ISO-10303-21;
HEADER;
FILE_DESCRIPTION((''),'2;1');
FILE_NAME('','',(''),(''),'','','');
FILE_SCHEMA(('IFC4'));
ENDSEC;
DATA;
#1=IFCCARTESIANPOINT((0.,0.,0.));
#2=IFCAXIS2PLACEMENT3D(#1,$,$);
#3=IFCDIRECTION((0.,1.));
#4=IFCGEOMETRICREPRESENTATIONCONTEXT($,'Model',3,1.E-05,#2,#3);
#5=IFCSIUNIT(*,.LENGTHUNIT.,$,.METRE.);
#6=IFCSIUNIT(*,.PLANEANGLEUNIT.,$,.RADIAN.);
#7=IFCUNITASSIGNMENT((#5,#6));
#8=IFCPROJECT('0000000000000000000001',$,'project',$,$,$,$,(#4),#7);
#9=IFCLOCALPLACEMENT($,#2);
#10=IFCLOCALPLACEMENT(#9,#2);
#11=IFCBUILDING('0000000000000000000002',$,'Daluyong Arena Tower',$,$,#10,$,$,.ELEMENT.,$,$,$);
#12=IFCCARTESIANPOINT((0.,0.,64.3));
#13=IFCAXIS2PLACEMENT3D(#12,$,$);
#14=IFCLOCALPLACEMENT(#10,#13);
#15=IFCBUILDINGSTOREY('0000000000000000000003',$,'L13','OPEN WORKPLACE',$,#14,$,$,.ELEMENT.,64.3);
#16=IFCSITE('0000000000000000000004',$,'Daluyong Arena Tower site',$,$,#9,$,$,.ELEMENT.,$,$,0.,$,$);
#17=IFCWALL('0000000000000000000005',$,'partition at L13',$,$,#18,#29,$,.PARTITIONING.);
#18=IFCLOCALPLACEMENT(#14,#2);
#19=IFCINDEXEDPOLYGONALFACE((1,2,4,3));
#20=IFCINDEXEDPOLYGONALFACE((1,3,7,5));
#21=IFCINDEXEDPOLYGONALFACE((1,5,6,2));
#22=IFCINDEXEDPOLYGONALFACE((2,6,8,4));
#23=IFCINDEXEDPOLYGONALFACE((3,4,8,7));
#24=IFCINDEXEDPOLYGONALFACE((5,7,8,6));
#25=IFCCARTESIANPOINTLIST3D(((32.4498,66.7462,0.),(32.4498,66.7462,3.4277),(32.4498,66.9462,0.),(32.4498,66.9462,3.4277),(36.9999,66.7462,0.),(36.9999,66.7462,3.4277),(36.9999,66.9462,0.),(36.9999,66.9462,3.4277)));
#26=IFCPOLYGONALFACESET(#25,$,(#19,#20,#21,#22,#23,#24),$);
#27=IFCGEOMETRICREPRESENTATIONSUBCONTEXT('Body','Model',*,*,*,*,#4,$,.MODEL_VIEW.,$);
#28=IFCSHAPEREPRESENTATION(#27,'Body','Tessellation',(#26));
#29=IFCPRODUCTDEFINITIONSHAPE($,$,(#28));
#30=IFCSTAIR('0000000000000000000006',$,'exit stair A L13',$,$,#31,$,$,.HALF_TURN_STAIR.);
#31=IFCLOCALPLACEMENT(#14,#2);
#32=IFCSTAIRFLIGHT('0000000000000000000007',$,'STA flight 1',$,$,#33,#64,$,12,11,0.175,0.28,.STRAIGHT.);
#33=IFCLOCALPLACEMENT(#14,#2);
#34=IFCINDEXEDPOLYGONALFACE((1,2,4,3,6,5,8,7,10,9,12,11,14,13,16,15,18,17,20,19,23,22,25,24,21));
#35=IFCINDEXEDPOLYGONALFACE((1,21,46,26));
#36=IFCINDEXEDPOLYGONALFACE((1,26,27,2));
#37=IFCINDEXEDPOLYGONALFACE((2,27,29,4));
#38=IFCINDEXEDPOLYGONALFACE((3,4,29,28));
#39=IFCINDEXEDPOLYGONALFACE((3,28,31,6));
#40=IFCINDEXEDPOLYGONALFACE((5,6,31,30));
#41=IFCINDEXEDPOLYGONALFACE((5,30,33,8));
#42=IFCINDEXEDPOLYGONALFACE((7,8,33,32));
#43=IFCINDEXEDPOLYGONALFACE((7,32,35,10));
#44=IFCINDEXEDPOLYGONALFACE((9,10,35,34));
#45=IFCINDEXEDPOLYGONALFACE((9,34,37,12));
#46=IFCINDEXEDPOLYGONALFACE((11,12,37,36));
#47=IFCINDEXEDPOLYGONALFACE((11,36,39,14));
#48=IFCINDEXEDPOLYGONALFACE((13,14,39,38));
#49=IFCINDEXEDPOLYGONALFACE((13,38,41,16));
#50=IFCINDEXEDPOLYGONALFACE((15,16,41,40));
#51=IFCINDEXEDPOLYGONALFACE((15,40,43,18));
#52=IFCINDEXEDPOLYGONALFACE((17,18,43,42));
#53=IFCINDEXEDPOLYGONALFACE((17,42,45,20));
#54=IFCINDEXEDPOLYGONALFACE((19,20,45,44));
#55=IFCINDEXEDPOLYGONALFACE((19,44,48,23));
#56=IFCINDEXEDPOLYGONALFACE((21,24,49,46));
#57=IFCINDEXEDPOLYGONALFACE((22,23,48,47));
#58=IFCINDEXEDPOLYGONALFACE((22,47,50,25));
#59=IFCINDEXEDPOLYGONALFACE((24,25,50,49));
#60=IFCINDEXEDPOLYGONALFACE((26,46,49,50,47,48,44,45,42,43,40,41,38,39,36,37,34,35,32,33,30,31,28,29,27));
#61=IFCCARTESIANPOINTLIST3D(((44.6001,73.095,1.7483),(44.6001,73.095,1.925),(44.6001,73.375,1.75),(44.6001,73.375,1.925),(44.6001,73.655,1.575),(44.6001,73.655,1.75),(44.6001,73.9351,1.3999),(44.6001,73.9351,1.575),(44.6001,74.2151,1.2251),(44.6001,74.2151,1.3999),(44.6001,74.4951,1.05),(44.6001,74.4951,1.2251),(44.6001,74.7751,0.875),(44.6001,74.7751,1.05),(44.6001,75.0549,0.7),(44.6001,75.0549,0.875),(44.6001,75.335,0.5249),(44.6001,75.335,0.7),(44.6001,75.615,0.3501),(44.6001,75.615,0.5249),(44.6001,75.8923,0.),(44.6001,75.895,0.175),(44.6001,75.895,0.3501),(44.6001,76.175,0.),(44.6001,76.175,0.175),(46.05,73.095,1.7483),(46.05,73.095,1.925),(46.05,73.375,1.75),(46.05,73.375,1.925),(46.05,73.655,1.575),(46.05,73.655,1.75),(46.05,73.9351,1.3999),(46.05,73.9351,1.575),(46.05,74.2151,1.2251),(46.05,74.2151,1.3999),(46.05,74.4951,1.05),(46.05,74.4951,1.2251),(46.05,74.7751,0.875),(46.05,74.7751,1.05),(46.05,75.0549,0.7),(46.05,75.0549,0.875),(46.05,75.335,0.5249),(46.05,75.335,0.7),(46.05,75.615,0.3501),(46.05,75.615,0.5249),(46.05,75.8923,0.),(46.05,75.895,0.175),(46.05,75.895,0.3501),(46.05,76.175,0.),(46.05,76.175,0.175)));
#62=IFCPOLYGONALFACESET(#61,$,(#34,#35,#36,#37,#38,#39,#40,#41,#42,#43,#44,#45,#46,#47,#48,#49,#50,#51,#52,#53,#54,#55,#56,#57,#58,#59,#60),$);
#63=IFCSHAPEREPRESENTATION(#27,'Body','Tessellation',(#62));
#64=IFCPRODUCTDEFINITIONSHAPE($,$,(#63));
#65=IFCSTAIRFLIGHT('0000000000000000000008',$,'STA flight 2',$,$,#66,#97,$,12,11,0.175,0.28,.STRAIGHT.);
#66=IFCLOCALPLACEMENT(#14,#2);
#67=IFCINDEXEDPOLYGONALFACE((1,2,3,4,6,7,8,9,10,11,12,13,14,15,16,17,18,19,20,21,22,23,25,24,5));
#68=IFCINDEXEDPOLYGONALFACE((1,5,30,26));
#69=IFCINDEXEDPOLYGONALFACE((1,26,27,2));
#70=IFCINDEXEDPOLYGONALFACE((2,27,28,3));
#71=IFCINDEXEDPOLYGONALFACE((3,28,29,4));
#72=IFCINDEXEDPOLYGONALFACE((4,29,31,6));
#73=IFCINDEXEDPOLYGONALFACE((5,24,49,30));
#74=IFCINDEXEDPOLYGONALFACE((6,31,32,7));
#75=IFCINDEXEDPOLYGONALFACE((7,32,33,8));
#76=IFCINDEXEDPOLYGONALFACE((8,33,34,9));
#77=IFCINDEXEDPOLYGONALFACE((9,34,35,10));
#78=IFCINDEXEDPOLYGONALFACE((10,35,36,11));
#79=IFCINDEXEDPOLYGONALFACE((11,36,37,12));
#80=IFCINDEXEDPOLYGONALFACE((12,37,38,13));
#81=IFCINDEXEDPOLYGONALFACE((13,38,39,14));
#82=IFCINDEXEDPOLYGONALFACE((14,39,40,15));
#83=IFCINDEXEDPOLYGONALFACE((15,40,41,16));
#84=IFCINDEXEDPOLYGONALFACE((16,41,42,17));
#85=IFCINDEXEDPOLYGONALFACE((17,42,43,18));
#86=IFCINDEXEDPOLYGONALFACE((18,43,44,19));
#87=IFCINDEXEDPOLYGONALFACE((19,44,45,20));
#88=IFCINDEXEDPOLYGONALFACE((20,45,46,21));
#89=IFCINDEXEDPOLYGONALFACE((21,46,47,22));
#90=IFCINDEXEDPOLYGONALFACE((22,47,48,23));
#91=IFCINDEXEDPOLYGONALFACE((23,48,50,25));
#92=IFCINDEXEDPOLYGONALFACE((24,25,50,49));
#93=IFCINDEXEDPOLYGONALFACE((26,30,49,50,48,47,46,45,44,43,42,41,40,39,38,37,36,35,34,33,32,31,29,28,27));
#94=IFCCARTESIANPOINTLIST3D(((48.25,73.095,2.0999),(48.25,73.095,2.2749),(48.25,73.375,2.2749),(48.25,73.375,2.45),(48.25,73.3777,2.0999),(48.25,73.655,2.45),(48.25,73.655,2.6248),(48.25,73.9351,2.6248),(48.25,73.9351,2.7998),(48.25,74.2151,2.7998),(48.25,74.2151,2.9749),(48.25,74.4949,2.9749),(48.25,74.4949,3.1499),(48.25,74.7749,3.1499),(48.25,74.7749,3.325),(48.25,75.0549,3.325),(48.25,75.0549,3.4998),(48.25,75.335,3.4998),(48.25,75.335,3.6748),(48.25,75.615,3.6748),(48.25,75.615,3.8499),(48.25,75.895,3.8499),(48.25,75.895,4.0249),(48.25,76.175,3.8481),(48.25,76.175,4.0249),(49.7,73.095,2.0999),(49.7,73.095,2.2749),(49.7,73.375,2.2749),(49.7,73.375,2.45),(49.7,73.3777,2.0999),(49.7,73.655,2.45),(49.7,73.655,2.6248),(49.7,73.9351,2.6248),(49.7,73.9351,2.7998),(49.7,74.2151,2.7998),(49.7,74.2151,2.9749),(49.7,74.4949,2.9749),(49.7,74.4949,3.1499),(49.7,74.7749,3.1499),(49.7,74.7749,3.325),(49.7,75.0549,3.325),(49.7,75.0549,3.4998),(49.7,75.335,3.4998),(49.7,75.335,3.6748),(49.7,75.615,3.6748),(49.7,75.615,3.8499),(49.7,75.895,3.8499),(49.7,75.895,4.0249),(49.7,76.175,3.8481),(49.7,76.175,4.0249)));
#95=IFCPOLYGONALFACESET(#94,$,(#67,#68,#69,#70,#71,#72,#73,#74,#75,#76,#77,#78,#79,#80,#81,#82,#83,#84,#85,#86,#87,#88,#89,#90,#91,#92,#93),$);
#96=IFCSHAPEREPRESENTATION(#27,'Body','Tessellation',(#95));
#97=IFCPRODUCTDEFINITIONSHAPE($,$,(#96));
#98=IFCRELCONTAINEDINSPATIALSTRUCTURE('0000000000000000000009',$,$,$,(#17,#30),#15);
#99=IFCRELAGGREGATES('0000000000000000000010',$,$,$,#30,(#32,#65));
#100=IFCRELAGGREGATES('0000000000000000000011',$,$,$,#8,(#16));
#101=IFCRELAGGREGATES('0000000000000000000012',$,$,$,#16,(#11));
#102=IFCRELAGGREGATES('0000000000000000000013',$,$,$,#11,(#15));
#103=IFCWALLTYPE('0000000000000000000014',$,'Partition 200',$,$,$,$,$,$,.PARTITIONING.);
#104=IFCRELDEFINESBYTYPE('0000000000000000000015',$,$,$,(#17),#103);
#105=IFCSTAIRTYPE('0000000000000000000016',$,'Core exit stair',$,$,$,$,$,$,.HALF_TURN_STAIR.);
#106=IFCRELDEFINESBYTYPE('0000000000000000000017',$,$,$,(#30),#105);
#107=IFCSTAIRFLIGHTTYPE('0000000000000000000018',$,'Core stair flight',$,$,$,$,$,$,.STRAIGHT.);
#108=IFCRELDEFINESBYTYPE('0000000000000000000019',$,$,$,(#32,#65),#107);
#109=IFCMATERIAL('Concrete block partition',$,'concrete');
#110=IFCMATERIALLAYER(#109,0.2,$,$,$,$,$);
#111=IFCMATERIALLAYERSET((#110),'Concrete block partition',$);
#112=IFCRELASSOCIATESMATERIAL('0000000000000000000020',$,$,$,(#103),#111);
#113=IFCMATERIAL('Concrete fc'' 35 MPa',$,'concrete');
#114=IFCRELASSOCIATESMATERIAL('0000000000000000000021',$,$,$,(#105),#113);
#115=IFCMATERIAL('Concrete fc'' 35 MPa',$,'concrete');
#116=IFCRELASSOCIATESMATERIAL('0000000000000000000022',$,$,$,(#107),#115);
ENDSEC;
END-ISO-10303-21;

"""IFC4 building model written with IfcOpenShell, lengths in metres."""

from ifc_helpers import new_model, si_unit, direction, frame, frame_2d, origin, place, context, subcontext, project, spatial, polyline, rectangle, outline, extrude, material, layer, layer_set, type_object, element, aggregate, save


model = new_model("IFC4")

# Units and contexts
model_context = context("Model", 3, precision=1e-05, world=origin(), true_north=direction((0.0, 1.0)))
body_context = subcontext(model_context, "Body", "Model", "MODEL_VIEW")
ifc_project = project(units=[si_unit("LENGTHUNIT", "METRE"), si_unit("PLANEANGLEUNIT", "RADIAN")], contexts=[model_context])

# Site, building, storey
site_placement = place(None, origin())
site = spatial("IfcSite", under=ifc_project, at=site_placement, Name="Daluyong Arena Tower site", CompositionType="ELEMENT", RefElevation=0.0)
building_placement = place(site_placement, origin())
building = spatial("IfcBuilding", under=site, at=building_placement, Name="Daluyong Arena Tower", CompositionType="ELEMENT")
storey_placement = place(building_placement, frame((0.0, 0.0, 64.3)))
storey = spatial("IfcBuildingStorey", under=building, at=storey_placement, Name="L13", Description="OPEN WORKPLACE", CompositionType="ELEMENT", Elevation=64.3)

# Wall
ifc_material_1 = material(Name="Concrete block partition", Category="concrete")
ifc_layer_1 = layer(ifc_material_1, 0.2)
ifc_layer_set_1 = layer_set([ifc_layer_1], Name="Concrete block partition")
wall_type_1 = type_object("IfcWallType", Name="Partition 200", PredefinedType="PARTITIONING", material=ifc_layer_set_1)
wall_1_placement = place(storey_placement, frame((32.45, 66.8462, 0.0), z_axis=(0.0, 0.0, 1.0), x_axis=(1.0, 0.0, 0.0)))
element("IfcWall", 1, at=wall_1_placement, inside=storey, type_object=wall_type_1, Name="partition at L13", PredefinedType="PARTITIONING", context=body_context, shape_type="SweptSolid", body=[
    extrude(rectangle(XDim=4.55, YDim=0.2, at=frame_2d((2.2749, 0.0))), origin(), (0.0, 0.0, 1.0), 3.4277),
])

# Stair, stair flights
ifc_material_2 = material(Name="Concrete fc' 35 MPa", Category="concrete")
stair_type = type_object("IfcStairType", Name="Core exit stair", PredefinedType="HALF_TURN_STAIR", material=ifc_material_2)
stair_placement = place(storey_placement, origin())
stair = element("IfcStair", 2, at=stair_placement, inside=storey, type_object=stair_type, Name="exit stair A L13", PredefinedType="HALF_TURN_STAIR")
ifc_material_3 = material(Name="Concrete fc' 35 MPa", Category="concrete")
stair_flight_type = type_object("IfcStairFlightType", Name="Core stair flight", PredefinedType="STRAIGHT", material=ifc_material_3)
stair_flight_1_placement = place(storey_placement, frame((45.325, 76.175, 0.0), z_axis=(0.0, 0.0, 1.0), x_axis=(0.0, -1.0, 0.0)))
stair_flight_1 = element("IfcStairFlight", 3, at=stair_flight_1_placement, type_object=stair_flight_type, Name="STA flight 1", NumberOfRisers=12, NumberOfTreads=11, PredefinedType="STRAIGHT", RiserHeight=0.175, TreadLength=0.28, context=body_context, shape_type="SweptSolid", body=[
    extrude(outline(polyline([(0.0, 0.0), (0.0, 0.175), (0.28, 0.175), (0.28, 0.3501), (0.5601, 0.3501), (0.5601, 0.5249), (0.8401, 0.5249), (0.8401, 0.7), (1.1201, 0.7), (1.1201, 0.875), (1.3999, 0.875), (1.3999, 1.05), (1.6799, 1.05), (1.6799, 1.2251), (1.96, 1.2251), (1.96, 1.3999), (2.24, 1.3999), (2.24, 1.575), (2.52, 1.575), (2.52, 1.75), (2.8, 1.75), (2.8, 1.925), (3.0801, 1.925), (3.0801, 2.1001), (3.0801, 1.7483), (0.2827, 0.0), (0.0, 0.0)])), frame((0.0, 0.7251, 0.0), z_axis=(0.0, -1.0, 0.0), x_axis=(1.0, 0.0, 0.0)), (0.0, 0.0, 1.0), 1.45),
])
stair_flight_2_placement = place(storey_placement, frame((48.9751, 73.095, 2.0999), z_axis=(0.0, 0.0, 1.0), x_axis=(0.0, 1.0, 0.0)))
stair_flight_2 = element("IfcStairFlight", 4, at=stair_flight_2_placement, type_object=stair_flight_type, Name="STA flight 2", NumberOfRisers=12, NumberOfTreads=11, PredefinedType="STRAIGHT", RiserHeight=0.175, TreadLength=0.28, context=body_context, shape_type="SweptSolid", body=[
    extrude(outline(polyline([(0.0, 0.0), (0.0, 0.175), (0.28, 0.175), (0.28, 0.3501), (0.5601, 0.3501), (0.5601, 0.5249), (0.8401, 0.5249), (0.8401, 0.7), (1.1201, 0.7), (1.1201, 0.875), (1.3999, 0.875), (1.3999, 1.05), (1.6799, 1.05), (1.6799, 1.2251), (1.96, 1.2251), (1.96, 1.3999), (2.24, 1.3999), (2.24, 1.575), (2.52, 1.575), (2.52, 1.75), (2.8, 1.75), (2.8, 1.925), (3.0801, 1.925), (3.0801, 2.1001), (3.0801, 1.7483), (0.2827, 0.0), (0.0, 0.0)])), frame((0.0, 0.7251, 0.0), z_axis=(0.0, -1.0, 0.0), x_axis=(1.0, 0.0, 0.0)), (0.0, 0.0, 1.0), 1.45),
])
aggregate(stair, [stair_flight_1, stair_flight_2])

save(model, "model.ifc")
